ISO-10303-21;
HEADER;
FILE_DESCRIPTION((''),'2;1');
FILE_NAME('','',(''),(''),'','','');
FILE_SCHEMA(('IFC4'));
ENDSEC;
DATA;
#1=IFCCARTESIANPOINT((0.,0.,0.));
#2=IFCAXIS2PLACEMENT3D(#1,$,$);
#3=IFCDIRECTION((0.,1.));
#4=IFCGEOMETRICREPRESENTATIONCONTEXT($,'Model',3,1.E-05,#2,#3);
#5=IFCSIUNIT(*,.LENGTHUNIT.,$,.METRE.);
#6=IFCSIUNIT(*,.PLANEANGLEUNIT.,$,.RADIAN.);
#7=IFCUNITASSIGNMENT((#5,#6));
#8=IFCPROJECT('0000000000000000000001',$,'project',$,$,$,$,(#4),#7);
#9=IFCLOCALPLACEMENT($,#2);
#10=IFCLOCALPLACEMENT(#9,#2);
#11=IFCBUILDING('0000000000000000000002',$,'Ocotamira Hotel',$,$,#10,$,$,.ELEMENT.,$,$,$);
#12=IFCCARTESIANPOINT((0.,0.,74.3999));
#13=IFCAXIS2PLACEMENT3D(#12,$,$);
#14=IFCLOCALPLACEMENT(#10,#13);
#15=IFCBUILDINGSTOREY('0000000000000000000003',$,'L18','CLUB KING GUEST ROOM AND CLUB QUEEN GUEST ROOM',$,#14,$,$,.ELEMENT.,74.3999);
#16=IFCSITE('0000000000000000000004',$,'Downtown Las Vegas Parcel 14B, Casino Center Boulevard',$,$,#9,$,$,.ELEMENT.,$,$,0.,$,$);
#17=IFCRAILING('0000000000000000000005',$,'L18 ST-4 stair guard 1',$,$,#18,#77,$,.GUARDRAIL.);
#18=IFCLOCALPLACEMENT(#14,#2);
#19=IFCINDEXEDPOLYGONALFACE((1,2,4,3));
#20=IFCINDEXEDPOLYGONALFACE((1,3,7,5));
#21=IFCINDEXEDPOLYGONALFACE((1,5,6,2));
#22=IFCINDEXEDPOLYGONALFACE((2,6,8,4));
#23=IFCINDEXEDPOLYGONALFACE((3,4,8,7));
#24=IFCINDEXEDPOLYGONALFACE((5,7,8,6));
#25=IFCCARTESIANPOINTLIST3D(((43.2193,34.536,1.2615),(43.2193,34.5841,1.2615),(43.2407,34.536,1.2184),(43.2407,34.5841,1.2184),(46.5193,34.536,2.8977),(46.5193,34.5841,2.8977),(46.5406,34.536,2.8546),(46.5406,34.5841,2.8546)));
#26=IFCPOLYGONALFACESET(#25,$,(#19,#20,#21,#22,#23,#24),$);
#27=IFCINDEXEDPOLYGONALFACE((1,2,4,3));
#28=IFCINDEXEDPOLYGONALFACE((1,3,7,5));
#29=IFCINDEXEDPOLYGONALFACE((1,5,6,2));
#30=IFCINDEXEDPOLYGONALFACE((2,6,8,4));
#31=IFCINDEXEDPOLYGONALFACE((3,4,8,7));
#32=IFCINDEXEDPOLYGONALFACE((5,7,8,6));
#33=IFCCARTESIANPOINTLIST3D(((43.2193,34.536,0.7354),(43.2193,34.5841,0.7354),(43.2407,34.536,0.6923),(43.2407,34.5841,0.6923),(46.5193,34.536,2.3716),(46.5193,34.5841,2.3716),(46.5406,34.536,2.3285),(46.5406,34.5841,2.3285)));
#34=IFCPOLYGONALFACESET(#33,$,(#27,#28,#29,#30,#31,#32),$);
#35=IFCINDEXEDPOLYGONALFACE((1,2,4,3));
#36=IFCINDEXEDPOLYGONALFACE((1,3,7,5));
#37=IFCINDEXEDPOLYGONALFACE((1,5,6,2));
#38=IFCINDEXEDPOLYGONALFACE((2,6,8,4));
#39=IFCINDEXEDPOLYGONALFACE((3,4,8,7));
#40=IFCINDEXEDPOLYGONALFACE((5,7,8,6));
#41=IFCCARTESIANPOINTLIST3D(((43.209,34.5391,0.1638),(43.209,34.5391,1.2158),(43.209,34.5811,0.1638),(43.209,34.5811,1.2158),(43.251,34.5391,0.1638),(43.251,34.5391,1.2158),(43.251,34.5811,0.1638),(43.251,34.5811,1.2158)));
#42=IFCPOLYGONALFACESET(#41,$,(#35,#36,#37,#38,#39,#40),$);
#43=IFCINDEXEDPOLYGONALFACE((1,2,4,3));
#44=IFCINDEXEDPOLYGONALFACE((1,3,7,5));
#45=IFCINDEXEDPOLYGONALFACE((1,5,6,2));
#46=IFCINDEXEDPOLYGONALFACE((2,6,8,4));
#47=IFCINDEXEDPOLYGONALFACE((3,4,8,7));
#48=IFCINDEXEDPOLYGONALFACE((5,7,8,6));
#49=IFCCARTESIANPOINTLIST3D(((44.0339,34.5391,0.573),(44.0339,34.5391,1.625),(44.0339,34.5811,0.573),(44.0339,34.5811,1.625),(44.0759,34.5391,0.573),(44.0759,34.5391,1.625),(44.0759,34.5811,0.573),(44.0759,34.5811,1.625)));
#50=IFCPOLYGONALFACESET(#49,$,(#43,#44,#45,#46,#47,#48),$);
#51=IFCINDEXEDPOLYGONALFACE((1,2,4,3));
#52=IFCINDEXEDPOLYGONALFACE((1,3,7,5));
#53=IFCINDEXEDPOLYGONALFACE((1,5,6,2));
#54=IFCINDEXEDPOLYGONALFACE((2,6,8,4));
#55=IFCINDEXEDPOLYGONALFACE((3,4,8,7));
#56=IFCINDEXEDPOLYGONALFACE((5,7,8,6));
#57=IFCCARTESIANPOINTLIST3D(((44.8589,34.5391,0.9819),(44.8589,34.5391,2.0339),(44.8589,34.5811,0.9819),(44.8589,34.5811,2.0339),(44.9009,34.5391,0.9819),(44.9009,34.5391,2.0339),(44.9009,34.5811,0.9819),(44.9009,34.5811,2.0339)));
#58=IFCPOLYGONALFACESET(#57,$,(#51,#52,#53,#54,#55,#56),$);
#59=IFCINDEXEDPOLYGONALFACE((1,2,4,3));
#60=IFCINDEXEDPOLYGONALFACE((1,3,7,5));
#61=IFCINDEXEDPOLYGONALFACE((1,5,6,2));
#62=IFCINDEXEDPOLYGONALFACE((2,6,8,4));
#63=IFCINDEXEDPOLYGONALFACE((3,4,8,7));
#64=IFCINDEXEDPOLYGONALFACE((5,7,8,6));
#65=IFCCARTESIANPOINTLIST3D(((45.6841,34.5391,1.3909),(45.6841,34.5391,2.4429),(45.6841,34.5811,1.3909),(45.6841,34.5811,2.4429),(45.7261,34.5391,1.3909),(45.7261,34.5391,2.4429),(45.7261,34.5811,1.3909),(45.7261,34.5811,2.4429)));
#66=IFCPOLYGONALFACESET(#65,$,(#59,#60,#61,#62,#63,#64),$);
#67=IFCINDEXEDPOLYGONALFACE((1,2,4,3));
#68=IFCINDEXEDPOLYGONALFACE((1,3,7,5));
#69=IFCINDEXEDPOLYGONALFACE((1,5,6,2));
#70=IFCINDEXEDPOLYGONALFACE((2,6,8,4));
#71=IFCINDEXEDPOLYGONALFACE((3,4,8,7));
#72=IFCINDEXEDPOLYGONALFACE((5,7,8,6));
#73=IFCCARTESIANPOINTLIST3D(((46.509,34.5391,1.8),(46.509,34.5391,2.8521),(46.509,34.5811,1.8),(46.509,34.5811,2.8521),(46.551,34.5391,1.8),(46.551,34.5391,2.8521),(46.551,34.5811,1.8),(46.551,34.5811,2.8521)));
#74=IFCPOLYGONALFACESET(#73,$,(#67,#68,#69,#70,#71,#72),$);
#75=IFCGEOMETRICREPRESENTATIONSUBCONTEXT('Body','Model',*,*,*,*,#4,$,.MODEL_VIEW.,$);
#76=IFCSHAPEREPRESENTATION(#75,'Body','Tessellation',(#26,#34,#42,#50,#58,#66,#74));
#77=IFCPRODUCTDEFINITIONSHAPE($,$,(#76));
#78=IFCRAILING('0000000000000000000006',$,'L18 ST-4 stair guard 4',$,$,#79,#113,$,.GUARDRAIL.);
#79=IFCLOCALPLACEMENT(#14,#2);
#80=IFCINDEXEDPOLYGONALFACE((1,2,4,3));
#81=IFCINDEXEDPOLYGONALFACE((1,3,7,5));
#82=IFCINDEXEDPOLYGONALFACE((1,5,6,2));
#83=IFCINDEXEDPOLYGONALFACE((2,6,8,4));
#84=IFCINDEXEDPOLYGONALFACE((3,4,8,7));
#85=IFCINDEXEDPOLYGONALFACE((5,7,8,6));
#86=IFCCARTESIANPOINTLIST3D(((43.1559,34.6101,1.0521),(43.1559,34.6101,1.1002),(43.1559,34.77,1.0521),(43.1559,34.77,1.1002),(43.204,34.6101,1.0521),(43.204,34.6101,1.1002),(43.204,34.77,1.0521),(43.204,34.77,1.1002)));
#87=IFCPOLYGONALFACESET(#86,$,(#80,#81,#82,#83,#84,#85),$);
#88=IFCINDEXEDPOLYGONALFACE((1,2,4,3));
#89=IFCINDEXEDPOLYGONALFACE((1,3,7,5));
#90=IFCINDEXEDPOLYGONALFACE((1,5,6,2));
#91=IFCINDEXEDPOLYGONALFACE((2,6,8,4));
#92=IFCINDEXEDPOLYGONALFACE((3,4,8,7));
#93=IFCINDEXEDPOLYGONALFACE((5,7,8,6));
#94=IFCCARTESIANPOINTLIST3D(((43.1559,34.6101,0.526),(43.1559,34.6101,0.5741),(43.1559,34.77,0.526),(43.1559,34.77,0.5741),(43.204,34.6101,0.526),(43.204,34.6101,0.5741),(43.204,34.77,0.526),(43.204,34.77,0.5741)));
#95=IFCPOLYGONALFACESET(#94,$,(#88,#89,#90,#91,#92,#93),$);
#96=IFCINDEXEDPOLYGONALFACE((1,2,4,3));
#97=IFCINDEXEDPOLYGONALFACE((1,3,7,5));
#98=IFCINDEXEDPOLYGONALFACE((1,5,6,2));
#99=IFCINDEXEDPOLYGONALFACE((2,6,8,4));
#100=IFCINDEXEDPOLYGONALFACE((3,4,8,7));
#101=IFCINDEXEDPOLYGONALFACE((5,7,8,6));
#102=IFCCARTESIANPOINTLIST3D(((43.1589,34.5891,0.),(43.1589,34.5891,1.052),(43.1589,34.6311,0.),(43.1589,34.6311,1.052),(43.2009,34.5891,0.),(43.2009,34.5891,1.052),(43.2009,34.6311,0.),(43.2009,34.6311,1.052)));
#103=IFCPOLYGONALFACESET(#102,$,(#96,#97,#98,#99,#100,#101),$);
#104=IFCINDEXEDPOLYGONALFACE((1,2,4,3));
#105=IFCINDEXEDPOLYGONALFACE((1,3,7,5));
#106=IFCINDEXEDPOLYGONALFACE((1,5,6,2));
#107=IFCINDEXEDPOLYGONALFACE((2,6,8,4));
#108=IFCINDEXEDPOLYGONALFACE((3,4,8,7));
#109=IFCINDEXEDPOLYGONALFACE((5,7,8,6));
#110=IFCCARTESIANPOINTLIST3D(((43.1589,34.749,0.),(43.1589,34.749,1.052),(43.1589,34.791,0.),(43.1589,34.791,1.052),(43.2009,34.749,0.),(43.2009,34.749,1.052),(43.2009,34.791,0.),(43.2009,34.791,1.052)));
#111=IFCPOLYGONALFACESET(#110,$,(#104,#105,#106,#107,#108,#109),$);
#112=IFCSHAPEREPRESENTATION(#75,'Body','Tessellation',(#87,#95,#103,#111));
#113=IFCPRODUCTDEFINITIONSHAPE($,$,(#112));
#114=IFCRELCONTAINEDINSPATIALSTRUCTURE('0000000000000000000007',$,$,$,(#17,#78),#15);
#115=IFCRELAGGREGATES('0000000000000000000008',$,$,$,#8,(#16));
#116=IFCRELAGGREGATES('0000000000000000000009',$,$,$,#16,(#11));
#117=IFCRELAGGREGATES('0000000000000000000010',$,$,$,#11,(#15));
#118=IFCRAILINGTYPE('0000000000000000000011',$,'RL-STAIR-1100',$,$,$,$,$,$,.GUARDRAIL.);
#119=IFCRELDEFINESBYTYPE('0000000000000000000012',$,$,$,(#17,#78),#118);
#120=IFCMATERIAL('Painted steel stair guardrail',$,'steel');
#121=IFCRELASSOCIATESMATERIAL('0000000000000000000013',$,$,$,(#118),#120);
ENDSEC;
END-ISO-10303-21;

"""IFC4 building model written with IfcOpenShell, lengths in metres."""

from ifc_helpers import new_model, si_unit, direction, frame, origin, origin_2d, place, context, subcontext, project, spatial, rectangle, extrude, material, type_object, element, save


model = new_model("IFC4")

# Units and contexts
model_context = context("Model", 3, precision=1e-05, world=origin(), true_north=direction((0.0, 1.0)))
body_context = subcontext(model_context, "Body", "Model", "MODEL_VIEW")
ifc_project = project(units=[si_unit("LENGTHUNIT", "METRE"), si_unit("PLANEANGLEUNIT", "RADIAN")], contexts=[model_context])

# Site, building, storey
site_placement = place(None, origin())
site = spatial("IfcSite", under=ifc_project, at=site_placement, Name="Downtown Las Vegas Parcel 14B, Casino Center Boulevard", CompositionType="ELEMENT", RefElevation=0.0)
building_placement = place(site_placement, origin())
building = spatial("IfcBuilding", under=site, at=building_placement, Name="Ocotamira Hotel", CompositionType="ELEMENT")
storey_placement = place(building_placement, frame((0.0, 0.0, 74.3999)))
storey = spatial("IfcBuildingStorey", under=building, at=storey_placement, Name="L18", Description="CLUB KING GUEST ROOM AND CLUB QUEEN GUEST ROOM", CompositionType="ELEMENT", Elevation=74.3999)

# Railings
ifc_material_1 = material(Name="Painted steel stair guardrail", Category="steel")
railing_type_1 = type_object("IfcRailingType", Name="RL-STAIR-1100", PredefinedType="GUARDRAIL", material=ifc_material_1)
railing_1_placement = place(storey_placement, frame((43.23, 34.5601, 0.1638)))
element("IfcRailing", 1, at=railing_1_placement, inside=storey, type_object=railing_type_1, Name="L18 ST-4 stair guard 1", PredefinedType="GUARDRAIL", context=body_context, shape_type="SweptSolid", body=[
    extrude(rectangle(XDim=0.0481, YDim=0.0481, at=origin_2d()), frame((0.0, 0.0, 1.0762), z_axis=(0.89592, 0.0, 0.444215), x_axis=(0.0, 1.0, 0.0)), (0.0, 0.0, 1.0), 3.6833),
    extrude(rectangle(XDim=0.0481, YDim=0.0481, at=origin_2d()), frame((0.0, 0.0, 0.55), z_axis=(0.89592, 0.0, 0.444215), x_axis=(0.0, 1.0, 0.0)), (0.0, 0.0, 1.0), 3.6833),
    extrude(rectangle(XDim=0.042, YDim=0.042, at=origin_2d()), origin(), (0.0, 0.0, 1.0), 1.052),
    extrude(rectangle(XDim=0.042, YDim=0.042, at=origin_2d()), frame((0.825, 0.0, 0.4092)), (0.0, 0.0, 1.0), 1.052),
    extrude(rectangle(XDim=0.042, YDim=0.042, at=origin_2d()), frame((1.6499, 0.0, 0.8181)), (0.0, 0.0, 1.0), 1.052),
    extrude(rectangle(XDim=0.042, YDim=0.042, at=origin_2d()), frame((2.4751, 0.0, 1.2271)), (0.0, 0.0, 1.0), 1.052),
    extrude(rectangle(XDim=0.042, YDim=0.042, at=origin_2d()), frame((3.3, 0.0, 1.6362)), (0.0, 0.0, 1.0), 1.052),
])
railing_2_placement = place(storey_placement, frame((43.1799, 34.6101, 0.0)))
element("IfcRailing", 2, at=railing_2_placement, inside=storey, type_object=railing_type_1, Name="L18 ST-4 stair guard 4", PredefinedType="GUARDRAIL", context=body_context, shape_type="SweptSolid", body=[
    extrude(rectangle(XDim=0.0481, YDim=0.0481, at=origin_2d()), frame((0.0, 0.0, 1.0762), z_axis=(0.0, 1.0, 0.0), x_axis=(-1.0, 0.0, 0.0)), (0.0, 0.0, 1.0), 0.1599),
    extrude(rectangle(XDim=0.0481, YDim=0.0481, at=origin_2d()), frame((0.0, 0.0, 0.55), z_axis=(0.0, 1.0, 0.0), x_axis=(-1.0, 0.0, 0.0)), (0.0, 0.0, 1.0), 0.1599),
    extrude(rectangle(XDim=0.042, YDim=0.042, at=origin_2d()), origin(), (0.0, 0.0, 1.0), 1.052),
    extrude(rectangle(XDim=0.042, YDim=0.042, at=origin_2d()), frame((0.0, 0.1599, 0.0)), (0.0, 0.0, 1.0), 1.052),
])

save(model, "model.ifc")
